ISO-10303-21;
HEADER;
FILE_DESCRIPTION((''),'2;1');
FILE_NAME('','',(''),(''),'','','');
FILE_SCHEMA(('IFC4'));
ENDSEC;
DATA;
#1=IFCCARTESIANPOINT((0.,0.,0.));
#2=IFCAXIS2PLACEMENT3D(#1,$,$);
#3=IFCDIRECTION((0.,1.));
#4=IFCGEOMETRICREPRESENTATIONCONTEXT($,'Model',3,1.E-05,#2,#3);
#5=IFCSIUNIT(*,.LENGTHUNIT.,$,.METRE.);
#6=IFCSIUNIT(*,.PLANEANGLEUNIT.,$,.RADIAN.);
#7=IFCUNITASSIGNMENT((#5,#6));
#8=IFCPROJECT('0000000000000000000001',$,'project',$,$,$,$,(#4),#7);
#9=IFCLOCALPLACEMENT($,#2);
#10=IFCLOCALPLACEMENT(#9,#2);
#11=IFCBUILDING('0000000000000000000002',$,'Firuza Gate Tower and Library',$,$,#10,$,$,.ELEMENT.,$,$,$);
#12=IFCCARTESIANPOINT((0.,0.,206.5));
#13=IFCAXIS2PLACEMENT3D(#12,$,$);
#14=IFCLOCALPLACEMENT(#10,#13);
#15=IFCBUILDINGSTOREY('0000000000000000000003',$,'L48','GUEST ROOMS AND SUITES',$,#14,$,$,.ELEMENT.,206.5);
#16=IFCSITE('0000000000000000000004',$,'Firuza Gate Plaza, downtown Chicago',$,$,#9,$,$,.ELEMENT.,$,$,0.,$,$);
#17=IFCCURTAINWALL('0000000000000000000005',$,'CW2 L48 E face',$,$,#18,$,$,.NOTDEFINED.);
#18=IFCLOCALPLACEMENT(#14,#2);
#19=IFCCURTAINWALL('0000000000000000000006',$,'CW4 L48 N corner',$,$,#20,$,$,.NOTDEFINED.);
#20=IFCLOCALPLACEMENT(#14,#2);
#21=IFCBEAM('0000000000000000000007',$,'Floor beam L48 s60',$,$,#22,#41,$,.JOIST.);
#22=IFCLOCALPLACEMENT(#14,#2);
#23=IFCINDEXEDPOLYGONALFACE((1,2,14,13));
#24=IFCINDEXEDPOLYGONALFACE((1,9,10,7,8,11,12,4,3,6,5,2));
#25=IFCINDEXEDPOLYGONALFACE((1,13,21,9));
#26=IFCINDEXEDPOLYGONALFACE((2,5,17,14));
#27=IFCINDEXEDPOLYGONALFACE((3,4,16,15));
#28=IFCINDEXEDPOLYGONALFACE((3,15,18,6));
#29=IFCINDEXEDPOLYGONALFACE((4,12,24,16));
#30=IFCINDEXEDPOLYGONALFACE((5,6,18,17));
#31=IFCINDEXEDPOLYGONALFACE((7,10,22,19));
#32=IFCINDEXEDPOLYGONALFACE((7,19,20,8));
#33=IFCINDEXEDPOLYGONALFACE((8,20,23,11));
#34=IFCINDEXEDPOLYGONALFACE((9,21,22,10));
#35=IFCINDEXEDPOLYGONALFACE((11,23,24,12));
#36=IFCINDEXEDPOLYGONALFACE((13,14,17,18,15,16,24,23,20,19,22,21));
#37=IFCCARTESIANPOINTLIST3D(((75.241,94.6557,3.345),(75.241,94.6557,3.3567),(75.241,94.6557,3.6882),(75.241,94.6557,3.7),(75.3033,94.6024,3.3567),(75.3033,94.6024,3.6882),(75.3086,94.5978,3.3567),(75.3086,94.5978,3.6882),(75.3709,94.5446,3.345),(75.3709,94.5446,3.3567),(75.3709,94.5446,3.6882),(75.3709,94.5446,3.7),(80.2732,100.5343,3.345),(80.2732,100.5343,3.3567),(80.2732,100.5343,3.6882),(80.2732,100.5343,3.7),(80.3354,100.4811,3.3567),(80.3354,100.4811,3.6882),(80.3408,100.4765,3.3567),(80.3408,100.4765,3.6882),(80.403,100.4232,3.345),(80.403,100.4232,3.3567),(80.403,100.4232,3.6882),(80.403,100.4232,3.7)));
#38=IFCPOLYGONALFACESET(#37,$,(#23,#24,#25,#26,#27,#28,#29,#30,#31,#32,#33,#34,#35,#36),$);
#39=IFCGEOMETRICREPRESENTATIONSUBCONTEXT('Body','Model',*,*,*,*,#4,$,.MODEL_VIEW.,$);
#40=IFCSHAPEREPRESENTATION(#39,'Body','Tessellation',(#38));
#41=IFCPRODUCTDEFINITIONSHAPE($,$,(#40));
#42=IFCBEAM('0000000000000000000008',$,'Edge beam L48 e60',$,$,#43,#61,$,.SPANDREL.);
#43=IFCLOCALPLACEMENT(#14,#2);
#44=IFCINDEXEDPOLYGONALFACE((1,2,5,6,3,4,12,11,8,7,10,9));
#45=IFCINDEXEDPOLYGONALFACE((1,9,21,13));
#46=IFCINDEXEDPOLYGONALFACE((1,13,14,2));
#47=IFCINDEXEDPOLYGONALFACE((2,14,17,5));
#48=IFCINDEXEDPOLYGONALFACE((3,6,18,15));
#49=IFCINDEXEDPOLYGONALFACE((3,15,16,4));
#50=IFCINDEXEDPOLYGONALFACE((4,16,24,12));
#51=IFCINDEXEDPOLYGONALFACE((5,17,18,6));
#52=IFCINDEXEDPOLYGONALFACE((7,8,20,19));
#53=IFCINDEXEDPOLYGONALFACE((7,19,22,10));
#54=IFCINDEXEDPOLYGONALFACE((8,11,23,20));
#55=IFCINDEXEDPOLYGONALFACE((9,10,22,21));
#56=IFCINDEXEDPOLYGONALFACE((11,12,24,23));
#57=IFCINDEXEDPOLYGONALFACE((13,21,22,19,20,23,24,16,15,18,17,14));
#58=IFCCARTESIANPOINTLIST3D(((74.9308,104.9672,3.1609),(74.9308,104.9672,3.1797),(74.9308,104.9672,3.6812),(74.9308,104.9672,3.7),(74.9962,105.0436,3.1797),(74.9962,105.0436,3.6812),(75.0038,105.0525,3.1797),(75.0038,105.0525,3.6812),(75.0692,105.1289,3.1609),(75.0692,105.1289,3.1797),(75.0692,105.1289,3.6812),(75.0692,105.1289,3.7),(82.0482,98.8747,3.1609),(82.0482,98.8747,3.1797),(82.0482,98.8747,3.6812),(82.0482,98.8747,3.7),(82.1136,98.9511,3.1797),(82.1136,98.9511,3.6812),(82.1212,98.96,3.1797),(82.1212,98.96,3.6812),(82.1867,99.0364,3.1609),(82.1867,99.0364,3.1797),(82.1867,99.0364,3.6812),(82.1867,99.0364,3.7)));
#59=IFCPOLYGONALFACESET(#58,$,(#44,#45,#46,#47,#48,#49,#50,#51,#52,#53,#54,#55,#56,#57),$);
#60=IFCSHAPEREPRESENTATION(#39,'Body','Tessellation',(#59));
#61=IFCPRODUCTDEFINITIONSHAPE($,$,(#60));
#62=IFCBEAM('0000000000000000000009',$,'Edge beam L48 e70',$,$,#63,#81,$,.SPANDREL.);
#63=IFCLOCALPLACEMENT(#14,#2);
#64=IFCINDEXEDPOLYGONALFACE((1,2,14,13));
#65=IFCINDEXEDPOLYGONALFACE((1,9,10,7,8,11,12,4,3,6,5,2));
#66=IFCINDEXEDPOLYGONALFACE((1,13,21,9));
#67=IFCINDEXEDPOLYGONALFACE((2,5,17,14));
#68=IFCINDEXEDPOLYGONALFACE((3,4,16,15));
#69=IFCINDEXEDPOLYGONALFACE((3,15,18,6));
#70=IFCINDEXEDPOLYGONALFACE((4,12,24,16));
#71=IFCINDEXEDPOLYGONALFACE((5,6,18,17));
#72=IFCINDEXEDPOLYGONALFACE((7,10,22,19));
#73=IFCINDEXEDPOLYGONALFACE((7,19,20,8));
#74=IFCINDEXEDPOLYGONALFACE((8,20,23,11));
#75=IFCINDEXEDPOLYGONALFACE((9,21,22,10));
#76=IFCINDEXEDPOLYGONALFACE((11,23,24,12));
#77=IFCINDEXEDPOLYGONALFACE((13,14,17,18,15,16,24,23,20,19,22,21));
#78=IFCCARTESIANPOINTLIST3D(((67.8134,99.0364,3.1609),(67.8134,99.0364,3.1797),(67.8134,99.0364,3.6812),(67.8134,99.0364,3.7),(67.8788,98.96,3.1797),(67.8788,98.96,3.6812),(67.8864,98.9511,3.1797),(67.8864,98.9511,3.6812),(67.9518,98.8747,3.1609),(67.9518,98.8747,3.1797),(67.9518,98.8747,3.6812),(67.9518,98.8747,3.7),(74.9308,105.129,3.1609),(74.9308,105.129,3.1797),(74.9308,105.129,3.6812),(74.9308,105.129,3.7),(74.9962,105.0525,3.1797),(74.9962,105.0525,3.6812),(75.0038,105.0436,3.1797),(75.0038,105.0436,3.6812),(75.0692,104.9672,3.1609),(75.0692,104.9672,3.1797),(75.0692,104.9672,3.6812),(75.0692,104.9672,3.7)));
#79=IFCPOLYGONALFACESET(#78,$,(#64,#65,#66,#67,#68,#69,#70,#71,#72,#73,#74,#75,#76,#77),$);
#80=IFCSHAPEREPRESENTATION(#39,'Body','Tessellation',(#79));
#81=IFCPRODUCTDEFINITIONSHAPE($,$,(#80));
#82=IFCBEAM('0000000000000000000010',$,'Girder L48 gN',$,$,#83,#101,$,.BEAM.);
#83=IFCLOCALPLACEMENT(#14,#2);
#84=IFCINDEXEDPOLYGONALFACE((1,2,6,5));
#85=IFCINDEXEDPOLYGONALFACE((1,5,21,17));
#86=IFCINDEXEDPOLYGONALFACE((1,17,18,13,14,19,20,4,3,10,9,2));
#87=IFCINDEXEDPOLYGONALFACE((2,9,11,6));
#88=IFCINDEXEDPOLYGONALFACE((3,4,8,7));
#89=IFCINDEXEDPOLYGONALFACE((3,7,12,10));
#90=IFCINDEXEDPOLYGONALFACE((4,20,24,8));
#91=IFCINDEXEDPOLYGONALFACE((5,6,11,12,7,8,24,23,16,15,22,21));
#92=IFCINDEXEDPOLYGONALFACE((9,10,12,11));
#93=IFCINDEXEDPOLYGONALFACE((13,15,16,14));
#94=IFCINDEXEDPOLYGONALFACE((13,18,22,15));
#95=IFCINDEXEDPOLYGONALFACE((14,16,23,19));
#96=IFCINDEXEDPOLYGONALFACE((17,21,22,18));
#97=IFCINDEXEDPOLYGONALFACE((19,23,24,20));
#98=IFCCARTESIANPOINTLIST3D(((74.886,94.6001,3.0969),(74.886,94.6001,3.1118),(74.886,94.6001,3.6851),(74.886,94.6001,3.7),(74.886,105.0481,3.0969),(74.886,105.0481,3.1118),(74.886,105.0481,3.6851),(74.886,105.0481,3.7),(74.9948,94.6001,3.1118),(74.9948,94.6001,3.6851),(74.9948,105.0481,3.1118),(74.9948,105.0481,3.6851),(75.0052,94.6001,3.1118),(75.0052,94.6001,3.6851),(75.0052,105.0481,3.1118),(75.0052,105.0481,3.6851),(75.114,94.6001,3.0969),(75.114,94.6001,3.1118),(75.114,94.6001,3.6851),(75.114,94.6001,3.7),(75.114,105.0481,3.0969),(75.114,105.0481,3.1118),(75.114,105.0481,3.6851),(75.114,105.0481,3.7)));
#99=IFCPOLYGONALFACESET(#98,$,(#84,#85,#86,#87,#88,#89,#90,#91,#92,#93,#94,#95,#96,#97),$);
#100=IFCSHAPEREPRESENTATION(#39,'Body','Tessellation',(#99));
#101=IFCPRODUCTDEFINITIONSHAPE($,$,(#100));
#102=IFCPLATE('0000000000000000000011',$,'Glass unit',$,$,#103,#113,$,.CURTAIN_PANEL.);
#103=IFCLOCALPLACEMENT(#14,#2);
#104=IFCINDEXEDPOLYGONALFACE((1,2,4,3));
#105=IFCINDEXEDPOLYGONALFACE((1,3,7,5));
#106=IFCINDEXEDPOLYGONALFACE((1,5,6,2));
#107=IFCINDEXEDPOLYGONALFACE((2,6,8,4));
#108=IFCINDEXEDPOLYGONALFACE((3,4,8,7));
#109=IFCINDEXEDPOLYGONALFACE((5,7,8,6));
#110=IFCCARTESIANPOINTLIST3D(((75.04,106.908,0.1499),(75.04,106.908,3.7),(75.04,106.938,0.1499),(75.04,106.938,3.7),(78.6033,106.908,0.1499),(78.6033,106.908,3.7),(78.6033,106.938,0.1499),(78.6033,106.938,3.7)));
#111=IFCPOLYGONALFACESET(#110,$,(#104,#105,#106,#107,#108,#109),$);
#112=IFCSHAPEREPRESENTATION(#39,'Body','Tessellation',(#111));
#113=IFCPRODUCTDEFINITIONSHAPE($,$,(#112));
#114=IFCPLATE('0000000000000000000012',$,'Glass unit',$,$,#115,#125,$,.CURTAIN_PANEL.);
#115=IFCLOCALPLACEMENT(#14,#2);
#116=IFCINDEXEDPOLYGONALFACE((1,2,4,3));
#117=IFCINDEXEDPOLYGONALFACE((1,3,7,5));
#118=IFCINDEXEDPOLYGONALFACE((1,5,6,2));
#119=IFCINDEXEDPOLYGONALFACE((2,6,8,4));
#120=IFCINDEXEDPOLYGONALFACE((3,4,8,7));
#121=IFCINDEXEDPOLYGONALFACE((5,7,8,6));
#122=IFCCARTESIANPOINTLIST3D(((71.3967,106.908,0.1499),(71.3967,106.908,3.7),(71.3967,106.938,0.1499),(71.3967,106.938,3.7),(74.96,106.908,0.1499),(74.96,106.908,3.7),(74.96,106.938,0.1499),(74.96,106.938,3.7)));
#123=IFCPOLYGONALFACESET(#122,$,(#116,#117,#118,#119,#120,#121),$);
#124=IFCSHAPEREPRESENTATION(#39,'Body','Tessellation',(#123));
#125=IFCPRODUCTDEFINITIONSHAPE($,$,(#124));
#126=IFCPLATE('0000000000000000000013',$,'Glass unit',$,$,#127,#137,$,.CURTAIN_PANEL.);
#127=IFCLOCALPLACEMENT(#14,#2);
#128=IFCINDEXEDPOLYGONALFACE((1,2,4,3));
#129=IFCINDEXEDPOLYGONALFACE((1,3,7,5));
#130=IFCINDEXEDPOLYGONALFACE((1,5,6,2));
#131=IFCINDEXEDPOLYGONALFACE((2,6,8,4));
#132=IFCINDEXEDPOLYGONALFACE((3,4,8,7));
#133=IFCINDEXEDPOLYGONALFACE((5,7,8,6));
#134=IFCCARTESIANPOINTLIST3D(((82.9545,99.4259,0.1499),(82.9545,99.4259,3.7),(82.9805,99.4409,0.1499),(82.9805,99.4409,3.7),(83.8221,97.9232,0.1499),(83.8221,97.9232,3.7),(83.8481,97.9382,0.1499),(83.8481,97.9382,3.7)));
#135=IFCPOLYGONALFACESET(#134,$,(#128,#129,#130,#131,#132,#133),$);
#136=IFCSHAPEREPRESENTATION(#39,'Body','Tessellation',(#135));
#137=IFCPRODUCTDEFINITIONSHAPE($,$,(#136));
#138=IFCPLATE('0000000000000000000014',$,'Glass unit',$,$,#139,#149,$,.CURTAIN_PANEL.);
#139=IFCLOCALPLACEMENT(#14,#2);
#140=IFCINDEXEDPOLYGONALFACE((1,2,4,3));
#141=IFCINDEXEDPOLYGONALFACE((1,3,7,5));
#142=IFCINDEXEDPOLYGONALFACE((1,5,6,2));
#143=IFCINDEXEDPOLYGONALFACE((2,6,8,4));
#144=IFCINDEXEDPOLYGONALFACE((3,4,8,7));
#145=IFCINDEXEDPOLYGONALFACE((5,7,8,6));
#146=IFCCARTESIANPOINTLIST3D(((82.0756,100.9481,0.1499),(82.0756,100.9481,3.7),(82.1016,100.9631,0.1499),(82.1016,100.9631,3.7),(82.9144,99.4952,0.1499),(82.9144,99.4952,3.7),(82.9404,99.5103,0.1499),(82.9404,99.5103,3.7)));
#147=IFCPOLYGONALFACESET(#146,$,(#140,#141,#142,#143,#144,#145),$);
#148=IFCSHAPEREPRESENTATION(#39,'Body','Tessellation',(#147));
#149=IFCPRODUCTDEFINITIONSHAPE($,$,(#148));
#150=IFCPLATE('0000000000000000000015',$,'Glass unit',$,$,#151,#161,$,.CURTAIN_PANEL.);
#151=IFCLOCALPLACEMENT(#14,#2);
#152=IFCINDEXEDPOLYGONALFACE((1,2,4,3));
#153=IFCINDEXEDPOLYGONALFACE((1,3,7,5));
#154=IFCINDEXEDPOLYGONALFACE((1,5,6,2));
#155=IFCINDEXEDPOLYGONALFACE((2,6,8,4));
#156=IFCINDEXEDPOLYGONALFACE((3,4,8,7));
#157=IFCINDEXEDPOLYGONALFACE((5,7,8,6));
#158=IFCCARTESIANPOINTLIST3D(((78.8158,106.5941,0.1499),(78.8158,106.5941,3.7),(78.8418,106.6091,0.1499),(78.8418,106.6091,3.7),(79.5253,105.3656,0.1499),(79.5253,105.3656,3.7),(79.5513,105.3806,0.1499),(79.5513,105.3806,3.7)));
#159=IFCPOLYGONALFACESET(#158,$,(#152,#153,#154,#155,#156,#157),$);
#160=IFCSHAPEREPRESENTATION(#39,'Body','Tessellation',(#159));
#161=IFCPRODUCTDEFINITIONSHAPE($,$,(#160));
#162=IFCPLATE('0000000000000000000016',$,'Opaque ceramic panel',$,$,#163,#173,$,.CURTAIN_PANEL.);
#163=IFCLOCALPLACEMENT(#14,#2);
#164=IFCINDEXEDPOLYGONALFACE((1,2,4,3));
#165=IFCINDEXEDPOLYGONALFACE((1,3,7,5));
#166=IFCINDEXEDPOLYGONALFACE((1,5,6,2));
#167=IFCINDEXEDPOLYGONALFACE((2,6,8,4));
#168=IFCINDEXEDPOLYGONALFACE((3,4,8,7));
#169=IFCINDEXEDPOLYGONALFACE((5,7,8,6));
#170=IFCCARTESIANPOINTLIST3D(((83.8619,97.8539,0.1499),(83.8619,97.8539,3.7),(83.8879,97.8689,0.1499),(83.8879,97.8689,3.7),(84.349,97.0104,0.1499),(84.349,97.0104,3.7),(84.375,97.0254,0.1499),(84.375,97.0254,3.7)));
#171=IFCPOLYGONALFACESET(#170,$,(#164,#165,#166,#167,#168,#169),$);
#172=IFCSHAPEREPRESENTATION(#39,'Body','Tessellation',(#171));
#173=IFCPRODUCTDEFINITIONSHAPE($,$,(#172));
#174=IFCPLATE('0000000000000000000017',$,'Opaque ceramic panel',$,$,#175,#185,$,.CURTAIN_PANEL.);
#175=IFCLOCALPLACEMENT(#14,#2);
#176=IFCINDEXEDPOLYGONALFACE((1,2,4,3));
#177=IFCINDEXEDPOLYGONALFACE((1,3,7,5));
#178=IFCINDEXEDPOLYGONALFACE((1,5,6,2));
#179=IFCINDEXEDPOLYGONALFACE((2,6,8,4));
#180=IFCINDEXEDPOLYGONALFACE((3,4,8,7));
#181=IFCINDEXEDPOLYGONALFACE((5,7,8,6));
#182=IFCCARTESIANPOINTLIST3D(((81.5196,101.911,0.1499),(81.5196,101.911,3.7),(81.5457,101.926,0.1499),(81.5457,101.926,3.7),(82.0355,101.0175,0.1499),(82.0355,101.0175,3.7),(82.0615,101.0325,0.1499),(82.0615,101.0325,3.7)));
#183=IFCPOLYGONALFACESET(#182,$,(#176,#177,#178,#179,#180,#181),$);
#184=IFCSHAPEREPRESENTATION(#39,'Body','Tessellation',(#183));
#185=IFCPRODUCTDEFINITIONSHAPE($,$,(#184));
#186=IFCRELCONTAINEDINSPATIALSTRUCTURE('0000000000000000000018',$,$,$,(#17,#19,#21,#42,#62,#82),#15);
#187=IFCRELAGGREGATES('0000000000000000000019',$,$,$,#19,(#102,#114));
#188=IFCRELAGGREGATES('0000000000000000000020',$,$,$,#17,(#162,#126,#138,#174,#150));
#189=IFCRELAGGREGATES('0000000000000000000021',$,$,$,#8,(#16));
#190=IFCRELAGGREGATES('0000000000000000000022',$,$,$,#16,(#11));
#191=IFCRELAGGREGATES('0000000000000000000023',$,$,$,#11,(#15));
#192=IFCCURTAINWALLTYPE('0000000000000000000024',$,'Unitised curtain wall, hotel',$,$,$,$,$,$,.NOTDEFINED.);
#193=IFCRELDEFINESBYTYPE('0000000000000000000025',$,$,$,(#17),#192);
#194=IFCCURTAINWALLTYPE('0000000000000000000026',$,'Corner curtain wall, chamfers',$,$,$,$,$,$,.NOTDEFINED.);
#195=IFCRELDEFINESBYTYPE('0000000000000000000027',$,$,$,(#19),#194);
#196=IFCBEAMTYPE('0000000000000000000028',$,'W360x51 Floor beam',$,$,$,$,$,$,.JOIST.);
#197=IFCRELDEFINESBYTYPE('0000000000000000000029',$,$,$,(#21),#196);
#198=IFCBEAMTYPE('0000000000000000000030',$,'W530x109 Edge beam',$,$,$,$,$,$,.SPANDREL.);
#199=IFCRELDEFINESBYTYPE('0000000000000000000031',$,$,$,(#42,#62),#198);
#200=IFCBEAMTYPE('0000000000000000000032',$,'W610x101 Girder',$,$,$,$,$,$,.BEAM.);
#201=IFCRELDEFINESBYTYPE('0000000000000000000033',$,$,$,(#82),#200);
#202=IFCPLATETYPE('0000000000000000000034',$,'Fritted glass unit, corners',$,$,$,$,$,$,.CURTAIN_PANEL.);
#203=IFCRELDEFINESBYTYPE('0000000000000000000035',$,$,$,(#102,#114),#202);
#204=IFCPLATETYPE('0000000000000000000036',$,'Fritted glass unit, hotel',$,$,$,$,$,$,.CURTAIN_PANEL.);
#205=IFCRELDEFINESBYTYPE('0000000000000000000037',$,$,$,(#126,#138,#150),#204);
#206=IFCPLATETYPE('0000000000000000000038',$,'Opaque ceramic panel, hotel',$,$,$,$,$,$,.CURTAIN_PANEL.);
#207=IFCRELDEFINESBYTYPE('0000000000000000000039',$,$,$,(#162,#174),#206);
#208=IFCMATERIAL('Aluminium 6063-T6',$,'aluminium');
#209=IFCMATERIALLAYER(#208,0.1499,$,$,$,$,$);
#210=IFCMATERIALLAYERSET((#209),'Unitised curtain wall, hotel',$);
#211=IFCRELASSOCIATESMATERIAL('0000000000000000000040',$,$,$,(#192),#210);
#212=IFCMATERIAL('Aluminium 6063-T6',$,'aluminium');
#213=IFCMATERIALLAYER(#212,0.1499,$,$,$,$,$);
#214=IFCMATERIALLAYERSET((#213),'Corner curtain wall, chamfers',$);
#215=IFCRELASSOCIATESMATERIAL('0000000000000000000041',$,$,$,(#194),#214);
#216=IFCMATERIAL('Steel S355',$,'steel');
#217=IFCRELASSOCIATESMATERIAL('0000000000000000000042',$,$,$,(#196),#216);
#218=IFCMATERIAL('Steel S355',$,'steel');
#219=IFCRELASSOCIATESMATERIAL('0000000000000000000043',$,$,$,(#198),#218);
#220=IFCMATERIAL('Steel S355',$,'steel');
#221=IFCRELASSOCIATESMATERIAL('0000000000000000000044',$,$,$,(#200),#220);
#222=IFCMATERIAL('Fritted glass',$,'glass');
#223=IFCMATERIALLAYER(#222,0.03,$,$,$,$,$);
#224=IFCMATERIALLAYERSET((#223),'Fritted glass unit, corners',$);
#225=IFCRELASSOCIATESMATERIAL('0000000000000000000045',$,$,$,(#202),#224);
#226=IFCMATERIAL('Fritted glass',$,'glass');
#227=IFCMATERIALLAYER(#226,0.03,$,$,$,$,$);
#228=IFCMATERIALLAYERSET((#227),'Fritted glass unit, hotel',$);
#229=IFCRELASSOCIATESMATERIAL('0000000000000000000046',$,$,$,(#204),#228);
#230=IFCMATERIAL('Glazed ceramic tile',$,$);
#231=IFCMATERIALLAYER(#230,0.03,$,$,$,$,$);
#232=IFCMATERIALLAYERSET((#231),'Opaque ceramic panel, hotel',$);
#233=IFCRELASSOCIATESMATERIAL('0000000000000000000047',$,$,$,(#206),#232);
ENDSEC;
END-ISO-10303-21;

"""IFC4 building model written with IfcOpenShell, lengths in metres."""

from ifc_helpers import new_model, si_unit, direction, frame, origin, origin_2d, place, context, subcontext, project, spatial, polyline, i_section, outline, extrude, material, layer, layer_set, material_profile, profile_set, type_object, element, aggregate, save


model = new_model("IFC4")

# Units and contexts
model_context = context("Model", 3, precision=1e-05, world=origin(), true_north=direction((0.0, 1.0)))
body_context = subcontext(model_context, "Body", "Model", "MODEL_VIEW")
ifc_project = project(units=[si_unit("LENGTHUNIT", "METRE"), si_unit("PLANEANGLEUNIT", "RADIAN")], contexts=[model_context])

# Site, building, storey
site_placement = place(None, origin())
site = spatial("IfcSite", under=ifc_project, at=site_placement, Name="Firuza Gate Plaza, downtown Chicago", CompositionType="ELEMENT", RefElevation=0.0)
building_placement = place(site_placement, origin())
building = spatial("IfcBuilding", under=site, at=building_placement, Name="Firuza Gate Tower and Library", CompositionType="ELEMENT")
storey_placement = place(building_placement, frame((0.0, 0.0, 206.5)))
storey = spatial("IfcBuildingStorey", under=building, at=storey_placement, Name="L48", Description="GUEST ROOMS AND SUITES", CompositionType="ELEMENT", Elevation=206.5)

# Curtain walls
ifc_material_1 = material(Name="Aluminium 6063-T6", Category="aluminium")
ifc_layer_1 = layer(ifc_material_1, 0.1499)
ifc_layer_set_1 = layer_set([ifc_layer_1], Name="Unitised curtain wall, hotel")
curtain_wall_type_1 = type_object("IfcCurtainWallType", Name="Unitised curtain wall, hotel", PredefinedType="NOTDEFINED", material=ifc_layer_set_1)
placement = place(storey_placement, origin())
curtain_wall_1 = element("IfcCurtainWall", 1, at=placement, inside=storey, type_object=curtain_wall_type_1, Name="CW2 L48 E face", PredefinedType="NOTDEFINED")
ifc_material_2 = material(Name="Aluminium 6063-T6", Category="aluminium")
ifc_layer_2 = layer(ifc_material_2, 0.1499)
ifc_layer_set_2 = layer_set([ifc_layer_2], Name="Corner curtain wall, chamfers")
curtain_wall_type_2 = type_object("IfcCurtainWallType", Name="Corner curtain wall, chamfers", PredefinedType="NOTDEFINED", material=ifc_layer_set_2)
curtain_wall_2 = element("IfcCurtainWall", 2, at=placement, inside=storey, type_object=curtain_wall_type_2, Name="CW4 L48 N corner", PredefinedType="NOTDEFINED")

# Beams
ifc_material_3 = material(Name="Steel S355", Category="steel")
ifc_material_profile_1 = material_profile(ifc_material_3, i_section(OverallWidth=0.1709, OverallDepth=0.355, WebThickness=0.0071, FlangeThickness=0.0117, at=origin_2d()))
ifc_profile_set_1 = profile_set([ifc_material_profile_1], Name="Steel S355")
beam_type_1 = type_object("IfcBeamType", Name="W360x51 Floor beam", PredefinedType="JOIST", material=ifc_profile_set_1)
beam_1_placement = place(storey_placement, frame((80.3381, 100.4788, 3.5225), z_axis=(-0.650298, -0.75968, 0.0), x_axis=(0.75968, -0.650298, 0.0)))
element("IfcBeam", 3, at=beam_1_placement, inside=storey, type_object=beam_type_1, Name="Floor beam L48 s60", PredefinedType="JOIST", context=body_context, shape_type="SweptSolid", body=[
    extrude(i_section(OverallWidth=0.1709, OverallDepth=0.355, WebThickness=0.0071, FlangeThickness=0.0117, at=origin_2d()), origin(), (0.0, 0.0, 1.0), 7.7383),
])
ifc_material_4 = material(Name="Steel S355", Category="steel")
ifc_material_profile_2 = material_profile(ifc_material_4, i_section(OverallWidth=0.2129, OverallDepth=0.5391, WebThickness=0.0117, FlangeThickness=0.0188, at=origin_2d()))
ifc_profile_set_2 = profile_set([ifc_material_profile_2], Name="Steel S355")
beam_type_2 = type_object("IfcBeamType", Name="W530x109 Edge beam", PredefinedType="SPANDREL", material=ifc_profile_set_2)
for number, where, z_axis, x_axis, name in (
    (4, (82.1174, 98.9556, 3.4304), (-0.759685, 0.650291, 0.0), (-0.650291, -0.759685, 0.0), "Edge beam L48 e60"),
    (5, (75.0, 105.0481, 3.4304), (-0.759685, -0.650291, 0.0), (0.650291, -0.759685, 0.0), "Edge beam L48 e70"),
):
    element("IfcBeam", number, at=place(storey_placement, frame(where, z_axis=z_axis, x_axis=x_axis)), inside=storey, type_object=beam_type_2, Name=name, PredefinedType="SPANDREL", context=body_context, shape_type="SweptSolid", body=[
        extrude(i_section(OverallWidth=0.2129, OverallDepth=0.5391, WebThickness=0.0117, FlangeThickness=0.0188, at=origin_2d()), origin(), (0.0, 0.0, 1.0), 9.3689),
    ])
ifc_material_5 = material(Name="Steel S355", Category="steel")
ifc_material_profile_3 = material_profile(ifc_material_5, i_section(OverallWidth=0.228, OverallDepth=0.603, WebThickness=0.0105, FlangeThickness=0.0149, at=origin_2d()))
ifc_profile_set_3 = profile_set([ifc_material_profile_3], Name="Steel S355")
beam_type_3 = type_object("IfcBeamType", Name="W610x101 Girder", PredefinedType="BEAM", material=ifc_profile_set_3)
beam_2_placement = place(storey_placement, frame((75.0, 105.0481, 3.3984), z_axis=(0.0, -1.0, 0.0), x_axis=(1.0, 0.0, 0.0)))
element("IfcBeam", 6, at=beam_2_placement, inside=storey, type_object=beam_type_3, Name="Girder L48 gN", PredefinedType="BEAM", context=body_context, shape_type="SweptSolid", body=[
    extrude(i_section(OverallWidth=0.228, OverallDepth=0.603, WebThickness=0.0105, FlangeThickness=0.0149, at=origin_2d()), origin(), (0.0, 0.0, 1.0), 10.448),
])

# Plates
ifc_material_6 = material(Name="Fritted glass", Category="glass")
ifc_layer_3 = layer(ifc_material_6, 0.03)
ifc_layer_set_3 = layer_set([ifc_layer_3], Name="Fritted glass unit, corners")
plate_type_1 = type_object("IfcPlateType", Name="Fritted glass unit, corners", PredefinedType="CURTAIN_PANEL", material=ifc_layer_set_3)
plate_1_placement = place(storey_placement, frame((78.6033, 106.938, 0.1499), z_axis=(0.0, 1.0, 0.0), x_axis=(-1.0, 0.0, 0.0)))
plate_1 = element("IfcPlate", 7, at=plate_1_placement, type_object=plate_type_1, Name="Glass unit", PredefinedType="CURTAIN_PANEL", context=body_context, shape_type="SweptSolid", body=[
    extrude(outline(polyline([(0.0, 0.0), (3.5632, 0.0), (3.5632, 3.55), (0.0, 3.55), (0.0, 0.0)])), origin(), (0.0, 0.0, -1.0), 0.03),
])
plate_2_placement = place(storey_placement, frame((74.96, 106.938, 0.1499), z_axis=(0.0, 1.0, 0.0), x_axis=(-1.0, 0.0, 0.0)))
plate_2 = element("IfcPlate", 8, at=plate_2_placement, type_object=plate_type_1, Name="Glass unit", PredefinedType="CURTAIN_PANEL", context=body_context, shape_type="SweptSolid", body=[
    extrude(outline(polyline([(0.0, 0.0), (3.5632, 0.0), (3.5632, 3.55), (0.0, 3.55), (0.0, 0.0)])), origin(), (0.0, 0.0, -1.0), 0.03),
])
aggregate(curtain_wall_2, [plate_1, plate_2])
ifc_material_7 = material(Name="Fritted glass", Category="glass")
ifc_layer_4 = layer(ifc_material_7, 0.03)
ifc_layer_set_4 = layer_set([ifc_layer_4], Name="Fritted glass unit, hotel")
plate_type_2 = type_object("IfcPlateType", Name="Fritted glass unit, hotel", PredefinedType="CURTAIN_PANEL", material=ifc_layer_set_4)
plate_3_placement = place(storey_placement, frame((83.8481, 97.9382, 0.1499), z_axis=(0.866, 0.500043, 0.0), x_axis=(-0.500043, 0.866, 0.0)))
plate_3 = element("IfcPlate", 9, at=plate_3_placement, type_object=plate_type_2, Name="Glass unit", PredefinedType="CURTAIN_PANEL", context=body_context, shape_type="SweptSolid", body=[
    extrude(outline(polyline([(0.0, 0.0), (1.7352, 0.0), (1.7352, 3.55), (0.0, 3.55), (0.0, 0.0)])), origin(), (0.0, 0.0, -1.0), 0.03),
])
plate_4_placement = place(storey_placement, frame((82.9404, 99.5103, 0.1499), z_axis=(0.866014, 0.500021, 0.0), x_axis=(-0.500021, 0.866014, 0.0)))
plate_4 = element("IfcPlate", 10, at=plate_4_placement, type_object=plate_type_2, Name="Glass unit", PredefinedType="CURTAIN_PANEL", context=body_context, shape_type="SweptSolid", body=[
    extrude(outline(polyline([(0.0, 0.0), (1.6777, 0.0), (1.6777, 3.55), (0.0, 3.55), (0.0, 0.0)])), origin(), (0.0, 0.0, -1.0), 0.03),
])
plate_5_placement = place(storey_placement, frame((79.5513, 105.3806, 0.1499), z_axis=(0.865968, 0.5001, 0.0), x_axis=(-0.5001, 0.865968, 0.0)))
plate_5 = element("IfcPlate", 11, at=plate_5_placement, type_object=plate_type_2, Name="Glass unit", PredefinedType="CURTAIN_PANEL", context=body_context, shape_type="SweptSolid", body=[
    extrude(outline(polyline([(0.0, 0.0), (1.4187, 0.0), (1.4187, 3.55), (0.0, 3.55), (0.0, 0.0)])), origin(), (0.0, 0.0, -1.0), 0.03),
])
ifc_material_8 = material(Name="Glazed ceramic tile")
ifc_layer_5 = layer(ifc_material_8, 0.03)
ifc_layer_set_5 = layer_set([ifc_layer_5], Name="Opaque ceramic panel, hotel")
plate_type_3 = type_object("IfcPlateType", Name="Opaque ceramic panel, hotel", PredefinedType="CURTAIN_PANEL", material=ifc_layer_set_5)
plate_6_placement = place(storey_placement, frame((84.375, 97.0254, 0.1499), z_axis=(0.865998, 0.500048, 0.0), x_axis=(-0.500048, 0.865998, 0.0)))
plate_6 = element("IfcPlate", 12, at=plate_6_placement, type_object=plate_type_3, Name="Opaque ceramic panel", PredefinedType="CURTAIN_PANEL", context=body_context, shape_type="SweptSolid", body=[
    extrude(outline(polyline([(0.0, 0.0), (0.974, 0.0), (0.974, 3.55), (0.0, 3.55), (0.0, 0.0)])), origin(), (0.0, 0.0, -1.0), 0.03),
])
plate_7_placement = place(storey_placement, frame((82.0615, 101.0325, 0.1499), z_axis=(0.866036, 0.499982, 0.0), x_axis=(-0.499982, 0.866036, 0.0)))
plate_7 = element("IfcPlate", 13, at=plate_7_placement, type_object=plate_type_3, Name="Opaque ceramic panel", PredefinedType="CURTAIN_PANEL", context=body_context, shape_type="SweptSolid", body=[
    extrude(outline(polyline([(0.0, 0.0), (1.0318, 0.0), (1.0318, 3.55), (0.0, 3.55), (0.0, 0.0)])), origin(), (0.0, 0.0, -1.0), 0.03),
])
aggregate(curtain_wall_1, [plate_6, plate_3, plate_4, plate_7, plate_5])

save(model, "model.ifc")
